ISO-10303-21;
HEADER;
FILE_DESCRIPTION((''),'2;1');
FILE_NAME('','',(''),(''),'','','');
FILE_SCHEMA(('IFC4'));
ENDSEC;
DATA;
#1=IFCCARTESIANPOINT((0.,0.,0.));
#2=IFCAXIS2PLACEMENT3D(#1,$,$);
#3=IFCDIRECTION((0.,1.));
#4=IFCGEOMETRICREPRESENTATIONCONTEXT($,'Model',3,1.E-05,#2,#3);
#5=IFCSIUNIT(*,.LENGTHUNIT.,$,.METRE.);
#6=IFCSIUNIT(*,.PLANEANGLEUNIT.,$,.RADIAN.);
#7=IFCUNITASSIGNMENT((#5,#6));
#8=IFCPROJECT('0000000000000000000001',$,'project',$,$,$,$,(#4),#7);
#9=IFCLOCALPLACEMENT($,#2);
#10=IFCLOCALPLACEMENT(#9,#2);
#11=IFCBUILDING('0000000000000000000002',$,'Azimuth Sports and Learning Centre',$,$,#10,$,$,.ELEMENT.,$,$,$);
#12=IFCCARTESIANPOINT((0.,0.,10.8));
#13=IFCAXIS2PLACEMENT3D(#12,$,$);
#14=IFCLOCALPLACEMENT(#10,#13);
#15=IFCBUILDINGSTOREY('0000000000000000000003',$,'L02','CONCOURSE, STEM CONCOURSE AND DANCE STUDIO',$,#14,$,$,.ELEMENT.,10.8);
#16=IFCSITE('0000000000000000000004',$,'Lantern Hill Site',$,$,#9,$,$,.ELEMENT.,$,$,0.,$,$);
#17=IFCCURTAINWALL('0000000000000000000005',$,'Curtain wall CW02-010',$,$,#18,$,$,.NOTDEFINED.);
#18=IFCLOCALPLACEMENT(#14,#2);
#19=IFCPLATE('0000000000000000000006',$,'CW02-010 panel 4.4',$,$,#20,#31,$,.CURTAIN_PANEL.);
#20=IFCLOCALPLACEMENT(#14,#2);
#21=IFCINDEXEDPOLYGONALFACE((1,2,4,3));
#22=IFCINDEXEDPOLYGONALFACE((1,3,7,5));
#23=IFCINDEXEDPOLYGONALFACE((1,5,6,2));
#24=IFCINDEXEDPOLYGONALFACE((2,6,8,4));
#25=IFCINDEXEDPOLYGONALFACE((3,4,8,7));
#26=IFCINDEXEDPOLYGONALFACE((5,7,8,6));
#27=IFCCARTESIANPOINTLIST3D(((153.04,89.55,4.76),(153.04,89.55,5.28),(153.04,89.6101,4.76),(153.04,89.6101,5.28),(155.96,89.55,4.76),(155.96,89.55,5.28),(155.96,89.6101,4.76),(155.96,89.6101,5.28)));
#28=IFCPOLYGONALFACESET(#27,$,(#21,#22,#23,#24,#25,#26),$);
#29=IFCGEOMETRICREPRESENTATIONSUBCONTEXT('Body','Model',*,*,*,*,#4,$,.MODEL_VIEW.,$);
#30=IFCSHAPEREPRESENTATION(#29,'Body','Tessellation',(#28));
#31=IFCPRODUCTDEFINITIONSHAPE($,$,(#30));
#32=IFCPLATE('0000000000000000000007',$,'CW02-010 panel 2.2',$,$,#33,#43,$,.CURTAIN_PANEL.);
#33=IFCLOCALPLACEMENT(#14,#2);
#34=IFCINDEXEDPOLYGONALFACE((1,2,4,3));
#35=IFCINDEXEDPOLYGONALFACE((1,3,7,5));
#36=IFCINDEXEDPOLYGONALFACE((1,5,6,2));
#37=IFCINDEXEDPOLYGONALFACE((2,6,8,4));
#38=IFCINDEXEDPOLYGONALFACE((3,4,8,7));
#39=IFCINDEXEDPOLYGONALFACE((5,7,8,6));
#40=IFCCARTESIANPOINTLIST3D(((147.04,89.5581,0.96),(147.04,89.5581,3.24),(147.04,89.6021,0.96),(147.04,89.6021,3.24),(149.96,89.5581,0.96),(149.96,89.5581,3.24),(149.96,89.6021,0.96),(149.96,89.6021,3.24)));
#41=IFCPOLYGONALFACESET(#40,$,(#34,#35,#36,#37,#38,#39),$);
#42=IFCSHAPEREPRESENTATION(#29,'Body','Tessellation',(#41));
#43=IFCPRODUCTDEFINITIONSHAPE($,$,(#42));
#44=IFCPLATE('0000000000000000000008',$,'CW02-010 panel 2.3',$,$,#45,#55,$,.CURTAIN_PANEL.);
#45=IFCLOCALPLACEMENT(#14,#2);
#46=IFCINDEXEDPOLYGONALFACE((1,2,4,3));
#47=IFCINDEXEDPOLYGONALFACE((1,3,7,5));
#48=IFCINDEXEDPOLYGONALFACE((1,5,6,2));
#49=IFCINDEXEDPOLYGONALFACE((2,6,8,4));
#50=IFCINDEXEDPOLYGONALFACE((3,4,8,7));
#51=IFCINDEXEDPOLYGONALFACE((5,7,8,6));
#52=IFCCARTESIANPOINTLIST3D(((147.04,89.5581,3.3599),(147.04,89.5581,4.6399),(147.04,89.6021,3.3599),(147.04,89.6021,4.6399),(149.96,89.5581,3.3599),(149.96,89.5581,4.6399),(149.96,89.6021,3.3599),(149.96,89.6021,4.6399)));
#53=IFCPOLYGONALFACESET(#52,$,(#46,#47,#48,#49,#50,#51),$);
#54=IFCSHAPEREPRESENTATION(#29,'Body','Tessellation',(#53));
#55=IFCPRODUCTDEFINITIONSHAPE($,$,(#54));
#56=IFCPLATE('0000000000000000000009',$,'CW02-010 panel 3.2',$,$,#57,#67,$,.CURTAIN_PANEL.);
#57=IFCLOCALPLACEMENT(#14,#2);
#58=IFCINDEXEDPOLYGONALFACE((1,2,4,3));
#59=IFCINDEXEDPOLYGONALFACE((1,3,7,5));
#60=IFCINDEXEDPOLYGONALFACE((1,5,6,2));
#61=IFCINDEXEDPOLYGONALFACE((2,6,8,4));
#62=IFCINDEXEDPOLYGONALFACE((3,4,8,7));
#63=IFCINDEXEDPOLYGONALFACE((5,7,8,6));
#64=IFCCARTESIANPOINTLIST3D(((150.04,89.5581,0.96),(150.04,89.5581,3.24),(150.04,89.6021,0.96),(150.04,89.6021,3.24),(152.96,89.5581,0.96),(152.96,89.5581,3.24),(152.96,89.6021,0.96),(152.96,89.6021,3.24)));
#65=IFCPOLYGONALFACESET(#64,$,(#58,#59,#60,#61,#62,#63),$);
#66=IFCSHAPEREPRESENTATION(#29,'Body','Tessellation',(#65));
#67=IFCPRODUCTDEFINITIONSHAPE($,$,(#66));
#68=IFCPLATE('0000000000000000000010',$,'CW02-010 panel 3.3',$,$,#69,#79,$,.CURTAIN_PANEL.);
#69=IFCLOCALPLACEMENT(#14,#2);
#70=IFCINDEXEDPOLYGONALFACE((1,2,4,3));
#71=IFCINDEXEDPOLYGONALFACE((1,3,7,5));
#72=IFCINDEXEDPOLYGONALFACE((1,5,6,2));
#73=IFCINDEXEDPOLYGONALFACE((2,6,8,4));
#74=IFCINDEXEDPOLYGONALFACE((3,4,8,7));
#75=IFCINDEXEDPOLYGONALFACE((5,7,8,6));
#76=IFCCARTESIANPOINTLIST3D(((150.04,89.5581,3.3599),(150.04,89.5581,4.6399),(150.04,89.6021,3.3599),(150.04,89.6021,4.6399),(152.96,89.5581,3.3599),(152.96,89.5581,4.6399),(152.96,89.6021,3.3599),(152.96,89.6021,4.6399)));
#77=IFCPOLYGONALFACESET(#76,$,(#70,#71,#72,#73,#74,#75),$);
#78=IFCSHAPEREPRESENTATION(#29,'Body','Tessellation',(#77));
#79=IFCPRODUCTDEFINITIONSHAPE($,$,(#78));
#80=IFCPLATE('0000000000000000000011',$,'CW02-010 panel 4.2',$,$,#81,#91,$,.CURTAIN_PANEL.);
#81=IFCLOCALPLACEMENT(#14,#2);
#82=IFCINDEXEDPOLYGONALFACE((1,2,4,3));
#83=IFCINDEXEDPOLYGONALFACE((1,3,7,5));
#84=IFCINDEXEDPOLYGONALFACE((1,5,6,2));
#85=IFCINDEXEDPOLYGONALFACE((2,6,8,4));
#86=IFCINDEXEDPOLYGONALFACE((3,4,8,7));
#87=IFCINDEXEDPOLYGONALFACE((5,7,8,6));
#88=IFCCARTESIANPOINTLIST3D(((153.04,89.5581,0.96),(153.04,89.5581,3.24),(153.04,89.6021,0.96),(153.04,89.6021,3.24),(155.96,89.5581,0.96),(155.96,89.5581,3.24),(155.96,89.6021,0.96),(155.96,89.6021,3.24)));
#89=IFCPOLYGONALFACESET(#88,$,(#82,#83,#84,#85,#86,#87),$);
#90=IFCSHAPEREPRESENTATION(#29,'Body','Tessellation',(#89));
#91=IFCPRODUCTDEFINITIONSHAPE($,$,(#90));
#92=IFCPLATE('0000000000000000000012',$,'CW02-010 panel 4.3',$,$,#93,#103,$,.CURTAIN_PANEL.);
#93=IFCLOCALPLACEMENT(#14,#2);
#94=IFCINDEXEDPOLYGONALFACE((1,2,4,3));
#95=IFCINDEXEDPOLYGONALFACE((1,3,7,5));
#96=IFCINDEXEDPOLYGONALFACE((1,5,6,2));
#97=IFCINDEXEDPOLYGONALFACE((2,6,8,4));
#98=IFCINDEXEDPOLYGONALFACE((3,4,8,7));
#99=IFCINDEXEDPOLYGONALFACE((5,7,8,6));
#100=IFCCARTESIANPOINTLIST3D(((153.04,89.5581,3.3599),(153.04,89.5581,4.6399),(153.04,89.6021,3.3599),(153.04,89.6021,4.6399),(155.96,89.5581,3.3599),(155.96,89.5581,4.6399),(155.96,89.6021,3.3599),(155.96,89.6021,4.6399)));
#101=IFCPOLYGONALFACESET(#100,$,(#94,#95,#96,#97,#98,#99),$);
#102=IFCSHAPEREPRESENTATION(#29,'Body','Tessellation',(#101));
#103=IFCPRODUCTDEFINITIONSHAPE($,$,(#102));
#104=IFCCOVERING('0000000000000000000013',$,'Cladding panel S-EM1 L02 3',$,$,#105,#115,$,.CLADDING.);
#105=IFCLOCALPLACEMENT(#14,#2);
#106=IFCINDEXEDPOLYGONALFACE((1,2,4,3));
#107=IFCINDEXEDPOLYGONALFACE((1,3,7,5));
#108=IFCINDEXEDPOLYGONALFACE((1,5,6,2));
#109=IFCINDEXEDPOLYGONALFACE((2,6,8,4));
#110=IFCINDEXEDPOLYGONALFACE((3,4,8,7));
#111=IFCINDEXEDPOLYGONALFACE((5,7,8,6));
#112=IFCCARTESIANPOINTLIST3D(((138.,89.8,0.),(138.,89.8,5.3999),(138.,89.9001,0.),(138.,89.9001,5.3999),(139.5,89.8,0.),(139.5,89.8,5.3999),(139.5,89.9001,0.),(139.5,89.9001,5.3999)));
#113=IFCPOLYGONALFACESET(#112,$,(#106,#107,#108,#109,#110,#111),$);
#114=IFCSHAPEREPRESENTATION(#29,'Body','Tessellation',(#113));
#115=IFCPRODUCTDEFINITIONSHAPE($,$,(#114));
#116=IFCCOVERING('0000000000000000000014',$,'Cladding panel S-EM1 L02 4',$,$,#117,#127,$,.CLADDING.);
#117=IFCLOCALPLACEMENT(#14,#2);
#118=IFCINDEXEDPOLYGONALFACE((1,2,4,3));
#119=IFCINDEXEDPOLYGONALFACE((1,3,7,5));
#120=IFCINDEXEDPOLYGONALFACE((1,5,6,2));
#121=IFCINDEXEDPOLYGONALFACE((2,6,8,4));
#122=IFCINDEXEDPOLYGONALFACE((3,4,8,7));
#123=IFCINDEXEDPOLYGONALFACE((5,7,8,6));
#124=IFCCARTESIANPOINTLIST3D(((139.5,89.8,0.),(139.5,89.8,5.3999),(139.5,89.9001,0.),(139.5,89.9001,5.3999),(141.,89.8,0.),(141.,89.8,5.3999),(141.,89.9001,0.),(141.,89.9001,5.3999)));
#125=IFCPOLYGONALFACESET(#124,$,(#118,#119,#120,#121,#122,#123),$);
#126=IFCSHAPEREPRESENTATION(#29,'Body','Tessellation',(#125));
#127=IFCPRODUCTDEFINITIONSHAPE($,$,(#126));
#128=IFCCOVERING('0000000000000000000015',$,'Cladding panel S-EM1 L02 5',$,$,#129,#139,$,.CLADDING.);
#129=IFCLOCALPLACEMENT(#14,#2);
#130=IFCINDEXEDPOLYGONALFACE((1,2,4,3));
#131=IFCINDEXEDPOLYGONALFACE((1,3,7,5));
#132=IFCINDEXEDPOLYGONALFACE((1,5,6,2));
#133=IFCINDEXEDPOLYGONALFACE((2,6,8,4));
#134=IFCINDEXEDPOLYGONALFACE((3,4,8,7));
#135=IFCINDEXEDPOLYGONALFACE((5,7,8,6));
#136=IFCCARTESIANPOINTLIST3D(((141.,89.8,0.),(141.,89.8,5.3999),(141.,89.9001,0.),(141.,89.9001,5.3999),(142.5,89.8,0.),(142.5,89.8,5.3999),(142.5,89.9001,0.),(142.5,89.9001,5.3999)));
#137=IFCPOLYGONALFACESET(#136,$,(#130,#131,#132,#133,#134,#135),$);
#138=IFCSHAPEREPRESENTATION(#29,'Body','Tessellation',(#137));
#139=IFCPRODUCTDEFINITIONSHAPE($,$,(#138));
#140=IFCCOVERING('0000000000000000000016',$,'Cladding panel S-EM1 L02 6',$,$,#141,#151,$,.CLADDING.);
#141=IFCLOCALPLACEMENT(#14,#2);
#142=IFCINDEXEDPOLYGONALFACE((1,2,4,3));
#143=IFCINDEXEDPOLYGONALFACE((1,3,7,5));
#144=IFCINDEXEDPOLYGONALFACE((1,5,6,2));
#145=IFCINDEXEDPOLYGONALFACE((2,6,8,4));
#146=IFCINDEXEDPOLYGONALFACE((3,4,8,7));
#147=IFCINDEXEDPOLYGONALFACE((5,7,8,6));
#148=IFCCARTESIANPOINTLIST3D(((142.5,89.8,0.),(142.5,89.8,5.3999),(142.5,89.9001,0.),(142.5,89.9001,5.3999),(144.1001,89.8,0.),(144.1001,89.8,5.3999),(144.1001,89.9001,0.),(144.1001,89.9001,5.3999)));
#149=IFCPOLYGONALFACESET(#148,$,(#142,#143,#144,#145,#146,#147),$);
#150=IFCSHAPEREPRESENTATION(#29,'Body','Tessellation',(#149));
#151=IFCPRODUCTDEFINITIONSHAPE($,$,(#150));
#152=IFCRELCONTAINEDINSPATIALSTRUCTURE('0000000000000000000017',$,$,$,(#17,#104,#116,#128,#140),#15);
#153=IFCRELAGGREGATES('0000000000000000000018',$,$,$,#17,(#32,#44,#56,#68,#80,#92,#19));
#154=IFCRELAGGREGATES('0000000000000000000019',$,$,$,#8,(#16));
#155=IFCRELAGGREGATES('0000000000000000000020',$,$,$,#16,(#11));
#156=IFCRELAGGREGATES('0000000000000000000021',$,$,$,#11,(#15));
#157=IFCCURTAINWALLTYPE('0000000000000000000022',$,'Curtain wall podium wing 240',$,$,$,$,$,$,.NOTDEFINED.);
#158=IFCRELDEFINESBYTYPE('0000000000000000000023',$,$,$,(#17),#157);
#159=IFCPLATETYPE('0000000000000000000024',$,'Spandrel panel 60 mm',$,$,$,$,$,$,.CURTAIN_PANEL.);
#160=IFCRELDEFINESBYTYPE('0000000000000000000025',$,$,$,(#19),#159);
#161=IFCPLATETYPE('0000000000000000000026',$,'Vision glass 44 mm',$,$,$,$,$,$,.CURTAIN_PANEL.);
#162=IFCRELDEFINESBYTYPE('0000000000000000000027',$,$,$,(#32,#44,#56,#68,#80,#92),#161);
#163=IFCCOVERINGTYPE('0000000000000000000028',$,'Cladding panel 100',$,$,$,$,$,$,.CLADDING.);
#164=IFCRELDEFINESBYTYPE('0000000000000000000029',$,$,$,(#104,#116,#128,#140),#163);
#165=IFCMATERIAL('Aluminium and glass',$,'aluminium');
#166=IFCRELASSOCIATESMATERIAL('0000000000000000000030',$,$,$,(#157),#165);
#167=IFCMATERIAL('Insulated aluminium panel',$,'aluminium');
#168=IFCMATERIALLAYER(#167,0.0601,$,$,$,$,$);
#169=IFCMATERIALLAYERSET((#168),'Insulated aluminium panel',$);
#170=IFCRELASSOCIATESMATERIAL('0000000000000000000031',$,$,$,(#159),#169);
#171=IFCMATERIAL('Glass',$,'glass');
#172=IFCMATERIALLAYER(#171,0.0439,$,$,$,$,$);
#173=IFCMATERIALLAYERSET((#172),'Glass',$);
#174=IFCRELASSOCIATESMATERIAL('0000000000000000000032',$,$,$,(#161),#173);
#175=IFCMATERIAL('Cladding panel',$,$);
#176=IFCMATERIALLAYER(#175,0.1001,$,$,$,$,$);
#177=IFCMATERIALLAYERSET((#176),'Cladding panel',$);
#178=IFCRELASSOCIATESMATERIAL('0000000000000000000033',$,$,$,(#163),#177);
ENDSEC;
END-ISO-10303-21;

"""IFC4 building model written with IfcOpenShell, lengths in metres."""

from ifc_helpers import new_model, si_unit, direction, frame, origin, origin_2d, place, context, subcontext, project, spatial, rectangle, extrude, material, layer, layer_set, type_object, element, aggregate, save


model = new_model("IFC4")

# Units and contexts
model_context = context("Model", 3, precision=1e-05, world=origin(), true_north=direction((0.0, 1.0)))
body_context = subcontext(model_context, "Body", "Model", "MODEL_VIEW")
ifc_project = project(units=[si_unit("LENGTHUNIT", "METRE"), si_unit("PLANEANGLEUNIT", "RADIAN")], contexts=[model_context])

# Site, building, storey
site_placement = place(None, origin())
site = spatial("IfcSite", under=ifc_project, at=site_placement, Name="Lantern Hill Site", CompositionType="ELEMENT", RefElevation=0.0)
building_placement = place(site_placement, origin())
building = spatial("IfcBuilding", under=site, at=building_placement, Name="Azimuth Sports and Learning Centre", CompositionType="ELEMENT")
storey_placement = place(building_placement, frame((0.0, 0.0, 10.8)))
storey = spatial("IfcBuildingStorey", under=building, at=storey_placement, Name="L02", Description="CONCOURSE, STEM CONCOURSE AND DANCE STUDIO", CompositionType="ELEMENT", Elevation=10.8)

# Curtain wall, plates
ifc_material_1 = material(Name="Aluminium and glass", Category="aluminium")
curtain_wall_type = type_object("IfcCurtainWallType", Name="Curtain wall podium wing 240", PredefinedType="NOTDEFINED", material=ifc_material_1)
curtain_wall_placement = place(storey_placement, origin())
curtain_wall = element("IfcCurtainWall", 1, at=curtain_wall_placement, inside=storey, type_object=curtain_wall_type, Name="Curtain wall CW02-010", PredefinedType="NOTDEFINED")
ifc_material_2 = material(Name="Insulated aluminium panel", Category="aluminium")
ifc_layer_1 = layer(ifc_material_2, 0.0601)
ifc_layer_set_1 = layer_set([ifc_layer_1], Name="Insulated aluminium panel")
plate_type_1 = type_object("IfcPlateType", Name="Spandrel panel 60 mm", PredefinedType="CURTAIN_PANEL", material=ifc_layer_set_1)
plate_1_placement = place(storey_placement, frame((154.5, 89.5801, 4.76), z_axis=(0.0, 0.0, 1.0), x_axis=(1.0, 0.0, 0.0)))
plate_1 = element("IfcPlate", 2, at=plate_1_placement, type_object=plate_type_1, Name="CW02-010 panel 4.4", PredefinedType="CURTAIN_PANEL", context=body_context, shape_type="SweptSolid", body=[
    extrude(rectangle(XDim=2.9199, YDim=0.0601, at=origin_2d()), origin(), (0.0, 0.0, 1.0), 0.52),
])
ifc_material_3 = material(Name="Glass", Category="glass")
ifc_layer_2 = layer(ifc_material_3, 0.0439)
ifc_layer_set_2 = layer_set([ifc_layer_2], Name="Glass")
plate_type_2 = type_object("IfcPlateType", Name="Vision glass 44 mm", PredefinedType="CURTAIN_PANEL", material=ifc_layer_set_2)
plate_2_placement = place(storey_placement, frame((148.5, 89.5801, 0.96), z_axis=(0.0, 0.0, 1.0), x_axis=(1.0, 0.0, 0.0)))
plate_2 = element("IfcPlate", 3, at=plate_2_placement, type_object=plate_type_2, Name="CW02-010 panel 2.2", PredefinedType="CURTAIN_PANEL", context=body_context, shape_type="SweptSolid", body=[
    extrude(rectangle(XDim=2.9199, YDim=0.0439, at=origin_2d()), origin(), (0.0, 0.0, 1.0), 2.28),
])
plate_3_placement = place(storey_placement, frame((148.5, 89.5801, 3.3599), z_axis=(0.0, 0.0, 1.0), x_axis=(1.0, 0.0, 0.0)))
plate_3 = element("IfcPlate", 4, at=plate_3_placement, type_object=plate_type_2, Name="CW02-010 panel 2.3", PredefinedType="CURTAIN_PANEL", context=body_context, shape_type="SweptSolid", body=[
    extrude(rectangle(XDim=2.9199, YDim=0.0439, at=origin_2d()), origin(), (0.0, 0.0, 1.0), 1.28),
])
plate_4_placement = place(storey_placement, frame((151.5, 89.5801, 0.96), z_axis=(0.0, 0.0, 1.0), x_axis=(1.0, 0.0, 0.0)))
plate_4 = element("IfcPlate", 5, at=plate_4_placement, type_object=plate_type_2, Name="CW02-010 panel 3.2", PredefinedType="CURTAIN_PANEL", context=body_context, shape_type="SweptSolid", body=[
    extrude(rectangle(XDim=2.9199, YDim=0.0439, at=origin_2d()), origin(), (0.0, 0.0, 1.0), 2.28),
])
plate_5_placement = place(storey_placement, frame((151.5, 89.5801, 3.3599), z_axis=(0.0, 0.0, 1.0), x_axis=(1.0, 0.0, 0.0)))
plate_5 = element("IfcPlate", 6, at=plate_5_placement, type_object=plate_type_2, Name="CW02-010 panel 3.3", PredefinedType="CURTAIN_PANEL", context=body_context, shape_type="SweptSolid", body=[
    extrude(rectangle(XDim=2.9199, YDim=0.0439, at=origin_2d()), origin(), (0.0, 0.0, 1.0), 1.28),
])
plate_6_placement = place(storey_placement, frame((154.5, 89.5801, 0.96), z_axis=(0.0, 0.0, 1.0), x_axis=(1.0, 0.0, 0.0)))
plate_6 = element("IfcPlate", 7, at=plate_6_placement, type_object=plate_type_2, Name="CW02-010 panel 4.2", PredefinedType="CURTAIN_PANEL", context=body_context, shape_type="SweptSolid", body=[
    extrude(rectangle(XDim=2.9199, YDim=0.0439, at=origin_2d()), origin(), (0.0, 0.0, 1.0), 2.28),
])
plate_7_placement = place(storey_placement, frame((154.5, 89.5801, 3.3599), z_axis=(0.0, 0.0, 1.0), x_axis=(1.0, 0.0, 0.0)))
plate_7 = element("IfcPlate", 8, at=plate_7_placement, type_object=plate_type_2, Name="CW02-010 panel 4.3", PredefinedType="CURTAIN_PANEL", context=body_context, shape_type="SweptSolid", body=[
    extrude(rectangle(XDim=2.9199, YDim=0.0439, at=origin_2d()), origin(), (0.0, 0.0, 1.0), 1.28),
])
aggregate(curtain_wall, [plate_2, plate_3, plate_4, plate_5, plate_6, plate_7, plate_1])

# Coverings
ifc_material_4 = material(Name="Cladding panel")
ifc_layer_3 = layer(ifc_material_4, 0.1001)
ifc_layer_set_3 = layer_set([ifc_layer_3], Name="Cladding panel")
covering_type = type_object("IfcCoveringType", Name="Cladding panel 100", PredefinedType="CLADDING", material=ifc_layer_set_3)
for number, where, z_axis, x_axis, name in (
    (9, (138.75, 89.8501, 0.0), (0.0, 0.0, 1.0), (1.0, 0.0, 0.0), "Cladding panel S-EM1 L02 3"),
    (10, (140.25, 89.8501, 0.0), (0.0, 0.0, 1.0), (1.0, 0.0, 0.0), "Cladding panel S-EM1 L02 4"),
    (11, (141.75, 89.8501, 0.0), (0.0, 0.0, 1.0), (1.0, 0.0, 0.0), "Cladding panel S-EM1 L02 5"),
):
    element("IfcCovering", number, at=place(storey_placement, frame(where, z_axis=z_axis, x_axis=x_axis)), inside=storey, type_object=covering_type, Name=name, PredefinedType="CLADDING", context=body_context, shape_type="SweptSolid", body=[
        extrude(rectangle(XDim=1.5, YDim=0.1001, at=origin_2d()), origin(), (0.0, 0.0, 1.0), 5.3999),
    ])
covering_placement = place(storey_placement, frame((143.3, 89.8501, 0.0), z_axis=(0.0, 0.0, 1.0), x_axis=(1.0, 0.0, 0.0)))
element("IfcCovering", 12, at=covering_placement, inside=storey, type_object=covering_type, Name="Cladding panel S-EM1 L02 6", PredefinedType="CLADDING", context=body_context, shape_type="SweptSolid", body=[
    extrude(rectangle(XDim=1.6001, YDim=0.1001, at=origin_2d()), origin(), (0.0, 0.0, 1.0), 5.3999),
])

save(model, "model.ifc")
